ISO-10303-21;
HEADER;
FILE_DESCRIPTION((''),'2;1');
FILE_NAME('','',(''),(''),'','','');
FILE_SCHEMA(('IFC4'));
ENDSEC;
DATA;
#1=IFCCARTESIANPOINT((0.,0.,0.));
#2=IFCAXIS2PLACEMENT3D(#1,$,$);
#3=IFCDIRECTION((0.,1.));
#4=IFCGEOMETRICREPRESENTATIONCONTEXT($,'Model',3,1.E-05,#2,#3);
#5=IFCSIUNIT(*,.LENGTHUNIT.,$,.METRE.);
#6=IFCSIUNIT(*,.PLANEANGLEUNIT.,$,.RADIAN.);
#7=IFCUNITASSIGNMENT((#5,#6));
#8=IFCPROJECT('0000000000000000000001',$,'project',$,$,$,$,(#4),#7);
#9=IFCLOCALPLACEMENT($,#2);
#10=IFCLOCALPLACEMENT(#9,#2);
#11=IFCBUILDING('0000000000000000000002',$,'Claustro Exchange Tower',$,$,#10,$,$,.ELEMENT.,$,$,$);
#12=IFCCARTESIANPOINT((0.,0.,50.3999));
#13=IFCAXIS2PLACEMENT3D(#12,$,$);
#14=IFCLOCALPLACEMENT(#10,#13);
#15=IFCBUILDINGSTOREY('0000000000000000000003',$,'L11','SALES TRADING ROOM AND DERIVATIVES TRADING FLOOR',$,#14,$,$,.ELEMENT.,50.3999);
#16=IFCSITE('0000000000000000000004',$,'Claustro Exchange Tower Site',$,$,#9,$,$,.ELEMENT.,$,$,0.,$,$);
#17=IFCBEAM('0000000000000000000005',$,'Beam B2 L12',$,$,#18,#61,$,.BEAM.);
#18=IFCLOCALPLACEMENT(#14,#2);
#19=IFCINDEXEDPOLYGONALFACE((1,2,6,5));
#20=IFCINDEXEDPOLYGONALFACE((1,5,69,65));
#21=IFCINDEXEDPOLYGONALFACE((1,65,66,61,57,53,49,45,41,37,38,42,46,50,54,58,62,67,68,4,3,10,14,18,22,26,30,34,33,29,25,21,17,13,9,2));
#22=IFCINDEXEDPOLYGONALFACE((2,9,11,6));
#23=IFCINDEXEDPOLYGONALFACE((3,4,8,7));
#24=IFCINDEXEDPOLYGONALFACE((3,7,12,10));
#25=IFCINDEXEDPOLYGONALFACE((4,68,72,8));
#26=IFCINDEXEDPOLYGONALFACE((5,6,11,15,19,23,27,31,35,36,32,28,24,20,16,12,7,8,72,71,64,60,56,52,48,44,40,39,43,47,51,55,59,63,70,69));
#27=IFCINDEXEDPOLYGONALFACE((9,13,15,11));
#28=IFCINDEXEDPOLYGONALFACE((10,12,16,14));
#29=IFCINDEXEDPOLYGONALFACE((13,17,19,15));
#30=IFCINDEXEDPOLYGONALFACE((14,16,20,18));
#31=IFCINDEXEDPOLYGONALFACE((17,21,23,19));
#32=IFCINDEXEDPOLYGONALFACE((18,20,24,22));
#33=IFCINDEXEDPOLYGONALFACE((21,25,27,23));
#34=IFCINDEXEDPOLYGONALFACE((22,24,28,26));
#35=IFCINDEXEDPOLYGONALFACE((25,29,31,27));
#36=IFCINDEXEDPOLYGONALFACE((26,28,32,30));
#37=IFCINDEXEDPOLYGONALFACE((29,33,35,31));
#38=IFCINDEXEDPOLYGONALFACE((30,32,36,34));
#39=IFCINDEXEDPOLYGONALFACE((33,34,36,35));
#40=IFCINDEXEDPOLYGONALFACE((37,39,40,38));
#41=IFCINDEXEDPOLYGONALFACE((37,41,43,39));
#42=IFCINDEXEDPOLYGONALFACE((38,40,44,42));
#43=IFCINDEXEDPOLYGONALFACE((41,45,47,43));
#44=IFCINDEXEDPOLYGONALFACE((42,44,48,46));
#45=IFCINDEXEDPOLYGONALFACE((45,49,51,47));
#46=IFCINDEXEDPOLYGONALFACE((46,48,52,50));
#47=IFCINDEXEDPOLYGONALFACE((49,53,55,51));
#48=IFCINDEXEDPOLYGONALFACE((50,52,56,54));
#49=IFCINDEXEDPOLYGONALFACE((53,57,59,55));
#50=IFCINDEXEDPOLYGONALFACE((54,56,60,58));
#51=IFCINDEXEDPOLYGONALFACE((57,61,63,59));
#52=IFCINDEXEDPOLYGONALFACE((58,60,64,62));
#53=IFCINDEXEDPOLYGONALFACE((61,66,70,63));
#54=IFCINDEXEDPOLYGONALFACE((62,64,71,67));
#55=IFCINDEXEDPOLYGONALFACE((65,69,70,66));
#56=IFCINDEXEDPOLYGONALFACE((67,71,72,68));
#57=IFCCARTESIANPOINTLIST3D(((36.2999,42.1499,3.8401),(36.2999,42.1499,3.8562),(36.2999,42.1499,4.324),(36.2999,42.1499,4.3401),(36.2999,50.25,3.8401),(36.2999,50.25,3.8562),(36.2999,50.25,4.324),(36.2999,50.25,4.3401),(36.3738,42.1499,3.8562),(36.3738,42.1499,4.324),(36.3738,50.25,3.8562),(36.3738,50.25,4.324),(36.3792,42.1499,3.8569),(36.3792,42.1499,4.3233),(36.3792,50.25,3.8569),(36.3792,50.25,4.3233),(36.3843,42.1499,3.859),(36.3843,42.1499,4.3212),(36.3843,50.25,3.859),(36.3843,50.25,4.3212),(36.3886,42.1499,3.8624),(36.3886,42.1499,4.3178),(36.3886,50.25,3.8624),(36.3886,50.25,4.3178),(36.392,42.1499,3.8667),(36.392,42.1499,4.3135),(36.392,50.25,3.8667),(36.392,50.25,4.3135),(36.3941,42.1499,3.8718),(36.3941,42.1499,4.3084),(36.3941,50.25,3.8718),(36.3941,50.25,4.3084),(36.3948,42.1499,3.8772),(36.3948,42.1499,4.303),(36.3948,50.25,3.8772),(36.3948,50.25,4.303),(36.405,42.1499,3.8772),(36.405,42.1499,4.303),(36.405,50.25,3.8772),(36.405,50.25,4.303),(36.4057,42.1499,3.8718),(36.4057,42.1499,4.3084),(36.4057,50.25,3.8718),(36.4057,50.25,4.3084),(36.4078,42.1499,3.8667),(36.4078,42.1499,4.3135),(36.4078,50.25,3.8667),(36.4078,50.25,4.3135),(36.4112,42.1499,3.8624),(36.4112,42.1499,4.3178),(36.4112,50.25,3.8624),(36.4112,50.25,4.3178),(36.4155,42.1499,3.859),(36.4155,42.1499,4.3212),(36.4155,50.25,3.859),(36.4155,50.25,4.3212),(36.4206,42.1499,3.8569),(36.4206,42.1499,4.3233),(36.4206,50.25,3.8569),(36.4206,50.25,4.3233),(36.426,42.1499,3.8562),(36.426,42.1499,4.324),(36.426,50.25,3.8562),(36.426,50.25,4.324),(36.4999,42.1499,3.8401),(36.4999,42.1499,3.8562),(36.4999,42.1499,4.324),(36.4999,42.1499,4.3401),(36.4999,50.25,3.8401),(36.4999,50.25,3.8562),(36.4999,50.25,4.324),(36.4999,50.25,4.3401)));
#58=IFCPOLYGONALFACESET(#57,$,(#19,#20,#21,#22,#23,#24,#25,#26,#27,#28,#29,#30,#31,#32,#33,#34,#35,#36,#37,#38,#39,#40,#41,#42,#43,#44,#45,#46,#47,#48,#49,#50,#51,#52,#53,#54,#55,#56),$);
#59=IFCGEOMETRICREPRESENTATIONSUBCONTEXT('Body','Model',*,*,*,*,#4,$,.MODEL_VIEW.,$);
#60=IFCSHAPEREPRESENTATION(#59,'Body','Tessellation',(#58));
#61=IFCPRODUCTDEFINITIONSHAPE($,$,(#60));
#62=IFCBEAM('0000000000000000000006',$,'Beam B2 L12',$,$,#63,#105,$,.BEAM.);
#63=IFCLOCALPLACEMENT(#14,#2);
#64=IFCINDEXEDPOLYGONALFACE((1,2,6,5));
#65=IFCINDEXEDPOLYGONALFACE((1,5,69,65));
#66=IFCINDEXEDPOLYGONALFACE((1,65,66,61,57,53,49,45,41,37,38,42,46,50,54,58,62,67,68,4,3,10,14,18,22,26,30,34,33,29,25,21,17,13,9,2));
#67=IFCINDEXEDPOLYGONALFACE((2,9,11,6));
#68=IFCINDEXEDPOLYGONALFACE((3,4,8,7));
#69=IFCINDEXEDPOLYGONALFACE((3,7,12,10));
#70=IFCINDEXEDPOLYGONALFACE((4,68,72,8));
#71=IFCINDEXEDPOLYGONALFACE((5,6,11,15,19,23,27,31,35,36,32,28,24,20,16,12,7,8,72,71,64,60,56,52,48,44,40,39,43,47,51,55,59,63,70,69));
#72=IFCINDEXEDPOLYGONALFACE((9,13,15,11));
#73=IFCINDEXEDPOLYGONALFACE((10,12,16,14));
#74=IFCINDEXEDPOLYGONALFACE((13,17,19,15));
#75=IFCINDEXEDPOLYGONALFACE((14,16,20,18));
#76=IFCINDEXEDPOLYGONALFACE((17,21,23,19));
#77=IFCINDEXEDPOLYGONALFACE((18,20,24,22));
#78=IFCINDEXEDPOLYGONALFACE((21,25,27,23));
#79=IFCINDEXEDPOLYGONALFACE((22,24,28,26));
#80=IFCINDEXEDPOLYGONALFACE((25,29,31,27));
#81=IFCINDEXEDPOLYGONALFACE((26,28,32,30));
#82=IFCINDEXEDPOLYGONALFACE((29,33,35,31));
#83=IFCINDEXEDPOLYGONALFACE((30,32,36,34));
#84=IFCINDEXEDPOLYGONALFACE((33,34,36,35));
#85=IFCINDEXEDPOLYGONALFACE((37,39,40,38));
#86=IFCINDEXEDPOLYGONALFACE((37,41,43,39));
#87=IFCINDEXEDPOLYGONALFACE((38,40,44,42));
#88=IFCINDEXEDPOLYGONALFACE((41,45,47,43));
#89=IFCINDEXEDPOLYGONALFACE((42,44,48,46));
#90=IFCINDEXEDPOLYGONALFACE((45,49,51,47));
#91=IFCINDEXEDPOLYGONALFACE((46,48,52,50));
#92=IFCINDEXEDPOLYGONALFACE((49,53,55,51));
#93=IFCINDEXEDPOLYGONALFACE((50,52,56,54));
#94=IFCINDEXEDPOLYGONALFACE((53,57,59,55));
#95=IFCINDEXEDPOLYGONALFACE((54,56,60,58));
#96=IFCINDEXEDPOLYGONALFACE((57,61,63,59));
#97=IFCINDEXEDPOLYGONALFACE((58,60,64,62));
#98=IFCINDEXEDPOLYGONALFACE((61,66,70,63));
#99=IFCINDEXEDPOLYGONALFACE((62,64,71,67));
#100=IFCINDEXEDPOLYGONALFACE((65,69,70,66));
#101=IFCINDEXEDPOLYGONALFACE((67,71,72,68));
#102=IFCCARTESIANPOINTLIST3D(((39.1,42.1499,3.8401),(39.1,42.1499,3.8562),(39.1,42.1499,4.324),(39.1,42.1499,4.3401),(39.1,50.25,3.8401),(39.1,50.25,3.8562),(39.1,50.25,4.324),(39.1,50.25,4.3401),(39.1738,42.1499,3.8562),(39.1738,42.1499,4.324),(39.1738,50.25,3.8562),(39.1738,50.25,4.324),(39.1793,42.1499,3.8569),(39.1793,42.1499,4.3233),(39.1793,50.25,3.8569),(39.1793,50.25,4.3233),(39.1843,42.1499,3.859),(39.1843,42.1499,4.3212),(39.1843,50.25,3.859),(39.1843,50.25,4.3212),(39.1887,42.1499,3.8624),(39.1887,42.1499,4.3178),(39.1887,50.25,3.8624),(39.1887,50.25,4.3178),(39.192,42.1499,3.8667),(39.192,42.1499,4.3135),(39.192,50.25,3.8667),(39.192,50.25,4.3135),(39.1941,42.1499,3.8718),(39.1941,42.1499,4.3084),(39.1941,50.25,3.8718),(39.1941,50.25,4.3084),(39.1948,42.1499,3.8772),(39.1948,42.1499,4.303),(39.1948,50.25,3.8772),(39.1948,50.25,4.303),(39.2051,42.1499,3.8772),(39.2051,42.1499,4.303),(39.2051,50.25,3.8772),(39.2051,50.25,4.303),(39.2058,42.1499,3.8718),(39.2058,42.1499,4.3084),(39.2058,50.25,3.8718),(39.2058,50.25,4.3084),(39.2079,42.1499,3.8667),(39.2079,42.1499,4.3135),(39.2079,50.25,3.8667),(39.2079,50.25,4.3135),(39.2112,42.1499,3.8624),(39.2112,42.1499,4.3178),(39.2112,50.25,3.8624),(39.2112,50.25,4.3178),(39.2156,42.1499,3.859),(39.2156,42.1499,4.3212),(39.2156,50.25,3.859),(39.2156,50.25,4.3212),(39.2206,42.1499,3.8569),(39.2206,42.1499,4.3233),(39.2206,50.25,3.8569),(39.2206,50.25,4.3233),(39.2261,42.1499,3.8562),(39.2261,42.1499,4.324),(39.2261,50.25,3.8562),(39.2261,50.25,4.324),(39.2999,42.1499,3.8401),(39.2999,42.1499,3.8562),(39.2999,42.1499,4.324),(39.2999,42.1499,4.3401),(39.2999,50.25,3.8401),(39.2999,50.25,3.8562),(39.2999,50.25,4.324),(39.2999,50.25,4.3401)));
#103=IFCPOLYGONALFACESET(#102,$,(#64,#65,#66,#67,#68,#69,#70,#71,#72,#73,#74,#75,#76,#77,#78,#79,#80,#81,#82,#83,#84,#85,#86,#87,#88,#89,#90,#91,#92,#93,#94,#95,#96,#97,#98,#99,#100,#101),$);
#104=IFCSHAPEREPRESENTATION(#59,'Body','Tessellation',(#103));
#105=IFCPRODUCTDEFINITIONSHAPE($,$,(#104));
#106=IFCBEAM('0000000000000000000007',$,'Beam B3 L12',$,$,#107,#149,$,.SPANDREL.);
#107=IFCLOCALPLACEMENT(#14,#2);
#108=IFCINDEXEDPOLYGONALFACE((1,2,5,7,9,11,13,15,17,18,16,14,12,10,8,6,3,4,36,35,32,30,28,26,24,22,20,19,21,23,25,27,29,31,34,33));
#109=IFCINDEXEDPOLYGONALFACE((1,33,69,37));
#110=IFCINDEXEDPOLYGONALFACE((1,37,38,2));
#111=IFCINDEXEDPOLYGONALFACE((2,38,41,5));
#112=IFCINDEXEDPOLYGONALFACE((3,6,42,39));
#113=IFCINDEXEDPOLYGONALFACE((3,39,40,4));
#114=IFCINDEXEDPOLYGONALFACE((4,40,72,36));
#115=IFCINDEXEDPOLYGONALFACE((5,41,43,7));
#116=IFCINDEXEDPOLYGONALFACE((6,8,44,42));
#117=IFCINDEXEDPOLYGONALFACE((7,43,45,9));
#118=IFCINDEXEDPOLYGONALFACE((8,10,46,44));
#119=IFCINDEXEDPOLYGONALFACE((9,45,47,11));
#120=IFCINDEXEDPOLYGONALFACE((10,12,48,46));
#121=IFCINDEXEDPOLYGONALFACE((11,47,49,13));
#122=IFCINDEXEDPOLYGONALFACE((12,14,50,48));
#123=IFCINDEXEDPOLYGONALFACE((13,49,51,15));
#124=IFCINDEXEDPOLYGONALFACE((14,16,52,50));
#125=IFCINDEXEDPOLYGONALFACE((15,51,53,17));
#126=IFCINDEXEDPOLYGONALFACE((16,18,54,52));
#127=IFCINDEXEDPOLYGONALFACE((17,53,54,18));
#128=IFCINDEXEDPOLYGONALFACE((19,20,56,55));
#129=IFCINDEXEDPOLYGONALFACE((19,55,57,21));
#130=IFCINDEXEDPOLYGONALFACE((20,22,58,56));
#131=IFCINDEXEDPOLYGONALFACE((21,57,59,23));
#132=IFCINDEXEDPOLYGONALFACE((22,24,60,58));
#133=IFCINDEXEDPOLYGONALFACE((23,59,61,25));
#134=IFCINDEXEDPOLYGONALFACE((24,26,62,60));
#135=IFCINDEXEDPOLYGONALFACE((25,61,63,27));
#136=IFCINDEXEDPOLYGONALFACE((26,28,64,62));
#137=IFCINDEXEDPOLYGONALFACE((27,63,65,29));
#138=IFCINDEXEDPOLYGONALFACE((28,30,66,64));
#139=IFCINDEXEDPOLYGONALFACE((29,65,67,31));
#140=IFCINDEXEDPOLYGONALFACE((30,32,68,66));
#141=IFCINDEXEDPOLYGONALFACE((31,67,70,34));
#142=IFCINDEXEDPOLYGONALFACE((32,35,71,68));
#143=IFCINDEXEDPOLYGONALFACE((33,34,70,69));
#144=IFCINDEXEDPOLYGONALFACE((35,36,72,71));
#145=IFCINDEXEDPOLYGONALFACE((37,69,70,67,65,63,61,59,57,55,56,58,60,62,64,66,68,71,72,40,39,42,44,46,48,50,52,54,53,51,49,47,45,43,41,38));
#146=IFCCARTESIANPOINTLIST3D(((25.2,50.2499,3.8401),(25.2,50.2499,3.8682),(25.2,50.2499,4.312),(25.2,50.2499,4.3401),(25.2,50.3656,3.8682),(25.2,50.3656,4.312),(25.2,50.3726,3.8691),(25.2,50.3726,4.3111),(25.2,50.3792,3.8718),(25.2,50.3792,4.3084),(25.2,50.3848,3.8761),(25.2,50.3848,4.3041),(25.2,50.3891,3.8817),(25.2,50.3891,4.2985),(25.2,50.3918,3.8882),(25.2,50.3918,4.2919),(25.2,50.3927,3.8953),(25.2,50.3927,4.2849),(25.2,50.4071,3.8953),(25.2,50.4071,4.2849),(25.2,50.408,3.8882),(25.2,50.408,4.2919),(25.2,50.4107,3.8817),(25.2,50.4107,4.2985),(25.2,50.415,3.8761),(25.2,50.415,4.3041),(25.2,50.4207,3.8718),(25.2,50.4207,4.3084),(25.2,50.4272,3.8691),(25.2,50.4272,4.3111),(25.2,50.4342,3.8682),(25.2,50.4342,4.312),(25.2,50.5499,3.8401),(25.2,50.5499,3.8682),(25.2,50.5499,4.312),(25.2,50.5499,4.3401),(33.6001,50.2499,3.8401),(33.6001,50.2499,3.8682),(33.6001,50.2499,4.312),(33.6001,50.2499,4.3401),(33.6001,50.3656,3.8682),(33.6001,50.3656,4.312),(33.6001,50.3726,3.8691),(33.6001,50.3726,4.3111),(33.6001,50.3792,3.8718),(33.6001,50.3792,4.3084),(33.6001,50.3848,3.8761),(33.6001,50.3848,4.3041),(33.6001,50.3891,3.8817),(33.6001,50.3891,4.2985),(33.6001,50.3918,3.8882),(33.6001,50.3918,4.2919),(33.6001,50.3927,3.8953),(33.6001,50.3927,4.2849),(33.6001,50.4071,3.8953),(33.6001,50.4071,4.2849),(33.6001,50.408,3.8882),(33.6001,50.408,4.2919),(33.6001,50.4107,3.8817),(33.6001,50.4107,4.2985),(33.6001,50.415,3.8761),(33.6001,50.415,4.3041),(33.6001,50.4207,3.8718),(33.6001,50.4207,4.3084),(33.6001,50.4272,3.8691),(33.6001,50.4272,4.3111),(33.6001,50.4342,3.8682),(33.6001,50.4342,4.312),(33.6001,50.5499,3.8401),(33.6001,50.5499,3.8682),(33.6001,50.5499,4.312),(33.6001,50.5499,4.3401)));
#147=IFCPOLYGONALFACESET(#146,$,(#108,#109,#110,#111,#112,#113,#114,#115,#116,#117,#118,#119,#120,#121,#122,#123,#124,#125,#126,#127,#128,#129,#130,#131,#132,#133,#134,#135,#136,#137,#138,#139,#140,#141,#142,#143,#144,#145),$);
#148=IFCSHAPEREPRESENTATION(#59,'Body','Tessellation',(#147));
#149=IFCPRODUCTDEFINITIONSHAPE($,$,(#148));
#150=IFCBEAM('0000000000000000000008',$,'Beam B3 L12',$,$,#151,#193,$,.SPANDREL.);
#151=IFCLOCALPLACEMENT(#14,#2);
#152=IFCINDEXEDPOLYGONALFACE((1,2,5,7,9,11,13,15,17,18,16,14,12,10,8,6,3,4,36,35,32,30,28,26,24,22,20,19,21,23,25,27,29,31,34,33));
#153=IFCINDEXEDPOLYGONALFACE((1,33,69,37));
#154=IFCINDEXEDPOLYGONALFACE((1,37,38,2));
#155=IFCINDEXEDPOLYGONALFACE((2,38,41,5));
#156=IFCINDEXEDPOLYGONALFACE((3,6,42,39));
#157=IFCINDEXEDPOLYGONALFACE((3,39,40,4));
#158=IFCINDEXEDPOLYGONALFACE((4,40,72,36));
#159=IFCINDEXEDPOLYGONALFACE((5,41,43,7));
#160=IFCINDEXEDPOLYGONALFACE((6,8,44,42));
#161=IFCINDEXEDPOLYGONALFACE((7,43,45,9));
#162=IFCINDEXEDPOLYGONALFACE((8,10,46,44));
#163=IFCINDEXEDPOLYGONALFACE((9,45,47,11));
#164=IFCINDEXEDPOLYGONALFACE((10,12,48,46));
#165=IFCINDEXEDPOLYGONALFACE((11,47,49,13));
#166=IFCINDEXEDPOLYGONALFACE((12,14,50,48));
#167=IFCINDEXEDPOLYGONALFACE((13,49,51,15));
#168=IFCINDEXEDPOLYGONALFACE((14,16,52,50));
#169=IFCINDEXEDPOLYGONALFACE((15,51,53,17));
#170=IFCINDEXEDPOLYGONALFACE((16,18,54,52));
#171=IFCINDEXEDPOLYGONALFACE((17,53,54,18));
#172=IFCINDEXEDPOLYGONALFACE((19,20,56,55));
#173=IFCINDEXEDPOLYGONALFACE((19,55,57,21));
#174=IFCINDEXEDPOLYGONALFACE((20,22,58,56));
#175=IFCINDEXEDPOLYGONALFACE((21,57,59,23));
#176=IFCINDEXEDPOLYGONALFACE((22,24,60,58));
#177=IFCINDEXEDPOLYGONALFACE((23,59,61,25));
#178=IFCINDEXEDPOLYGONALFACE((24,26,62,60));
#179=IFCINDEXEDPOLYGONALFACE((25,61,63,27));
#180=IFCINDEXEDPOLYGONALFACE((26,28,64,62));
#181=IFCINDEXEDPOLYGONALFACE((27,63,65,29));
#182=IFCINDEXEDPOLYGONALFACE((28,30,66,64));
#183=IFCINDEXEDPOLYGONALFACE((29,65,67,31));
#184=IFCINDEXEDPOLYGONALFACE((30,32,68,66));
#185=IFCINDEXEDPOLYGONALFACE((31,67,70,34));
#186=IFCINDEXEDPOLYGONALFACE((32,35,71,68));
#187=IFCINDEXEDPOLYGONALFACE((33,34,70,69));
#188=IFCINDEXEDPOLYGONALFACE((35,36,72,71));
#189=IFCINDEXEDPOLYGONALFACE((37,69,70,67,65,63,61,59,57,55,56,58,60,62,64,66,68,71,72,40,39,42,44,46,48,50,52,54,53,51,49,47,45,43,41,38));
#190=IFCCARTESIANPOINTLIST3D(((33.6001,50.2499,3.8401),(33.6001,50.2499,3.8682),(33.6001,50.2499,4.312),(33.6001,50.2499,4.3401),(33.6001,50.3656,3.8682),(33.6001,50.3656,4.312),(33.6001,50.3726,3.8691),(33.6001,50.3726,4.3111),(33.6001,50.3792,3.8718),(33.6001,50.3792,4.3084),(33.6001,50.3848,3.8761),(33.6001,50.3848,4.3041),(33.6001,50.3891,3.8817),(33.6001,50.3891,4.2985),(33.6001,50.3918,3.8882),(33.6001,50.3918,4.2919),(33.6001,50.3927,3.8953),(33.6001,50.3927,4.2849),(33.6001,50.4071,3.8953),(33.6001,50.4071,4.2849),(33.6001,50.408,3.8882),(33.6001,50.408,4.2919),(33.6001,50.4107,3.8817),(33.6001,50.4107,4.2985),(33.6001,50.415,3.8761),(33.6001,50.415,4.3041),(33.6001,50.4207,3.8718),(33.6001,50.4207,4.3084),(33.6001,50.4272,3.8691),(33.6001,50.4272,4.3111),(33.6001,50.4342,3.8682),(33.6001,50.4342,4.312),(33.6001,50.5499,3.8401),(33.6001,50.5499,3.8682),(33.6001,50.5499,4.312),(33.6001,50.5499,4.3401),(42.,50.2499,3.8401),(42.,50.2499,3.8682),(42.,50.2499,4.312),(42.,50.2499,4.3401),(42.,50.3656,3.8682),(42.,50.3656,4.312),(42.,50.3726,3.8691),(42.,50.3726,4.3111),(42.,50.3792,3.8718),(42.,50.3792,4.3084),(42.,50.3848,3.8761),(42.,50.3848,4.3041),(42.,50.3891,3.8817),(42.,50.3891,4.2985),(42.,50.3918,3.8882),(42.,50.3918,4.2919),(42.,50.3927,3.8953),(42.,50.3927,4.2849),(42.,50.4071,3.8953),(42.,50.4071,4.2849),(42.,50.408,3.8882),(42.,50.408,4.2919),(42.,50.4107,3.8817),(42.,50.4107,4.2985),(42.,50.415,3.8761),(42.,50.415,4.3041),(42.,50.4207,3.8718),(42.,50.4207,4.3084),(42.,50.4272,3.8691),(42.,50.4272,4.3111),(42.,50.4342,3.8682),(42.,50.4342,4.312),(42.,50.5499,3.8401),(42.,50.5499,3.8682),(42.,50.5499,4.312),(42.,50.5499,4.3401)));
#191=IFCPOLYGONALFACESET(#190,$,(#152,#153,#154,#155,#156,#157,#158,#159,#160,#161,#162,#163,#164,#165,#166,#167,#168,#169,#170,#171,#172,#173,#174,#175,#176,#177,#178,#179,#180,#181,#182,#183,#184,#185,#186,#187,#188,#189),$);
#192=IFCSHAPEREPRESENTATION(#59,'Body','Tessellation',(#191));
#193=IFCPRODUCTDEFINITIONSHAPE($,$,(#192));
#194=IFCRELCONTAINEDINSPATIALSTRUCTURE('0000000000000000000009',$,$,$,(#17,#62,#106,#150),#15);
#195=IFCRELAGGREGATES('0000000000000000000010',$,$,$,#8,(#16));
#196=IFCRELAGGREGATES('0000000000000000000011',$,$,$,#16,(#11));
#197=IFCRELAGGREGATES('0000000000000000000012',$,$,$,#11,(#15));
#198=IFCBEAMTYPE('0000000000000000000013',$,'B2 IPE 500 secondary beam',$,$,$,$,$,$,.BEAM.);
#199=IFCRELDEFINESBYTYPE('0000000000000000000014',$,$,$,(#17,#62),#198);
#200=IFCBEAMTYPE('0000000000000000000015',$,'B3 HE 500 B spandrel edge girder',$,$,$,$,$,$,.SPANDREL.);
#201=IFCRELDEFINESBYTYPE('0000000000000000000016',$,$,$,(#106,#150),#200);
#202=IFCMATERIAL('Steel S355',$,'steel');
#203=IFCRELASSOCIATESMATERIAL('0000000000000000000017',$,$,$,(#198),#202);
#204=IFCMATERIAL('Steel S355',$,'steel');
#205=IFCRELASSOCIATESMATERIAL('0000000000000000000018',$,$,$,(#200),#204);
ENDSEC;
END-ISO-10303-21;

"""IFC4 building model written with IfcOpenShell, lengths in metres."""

from ifc_helpers import new_model, si_unit, direction, frame, origin, origin_2d, place, context, subcontext, project, spatial, i_section, extrude, material, material_profile, profile_set, type_object, element, save


model = new_model("IFC4")

# Units and contexts
model_context = context("Model", 3, precision=1e-05, world=origin(), true_north=direction((0.0, 1.0)))
body_context = subcontext(model_context, "Body", "Model", "MODEL_VIEW")
ifc_project = project(units=[si_unit("LENGTHUNIT", "METRE"), si_unit("PLANEANGLEUNIT", "RADIAN")], contexts=[model_context])

# Site, building, storey
site_placement = place(None, origin())
site = spatial("IfcSite", under=ifc_project, at=site_placement, Name="Claustro Exchange Tower Site", CompositionType="ELEMENT", RefElevation=0.0)
building_placement = place(site_placement, origin())
building = spatial("IfcBuilding", under=site, at=building_placement, Name="Claustro Exchange Tower", CompositionType="ELEMENT")
storey_placement = place(building_placement, frame((0.0, 0.0, 50.3999)))
storey = spatial("IfcBuildingStorey", under=building, at=storey_placement, Name="L11", Description="SALES TRADING ROOM AND DERIVATIVES TRADING FLOOR", CompositionType="ELEMENT", Elevation=50.3999)

# Beams
ifc_material_1 = material(Name="Steel S355", Category="steel")
ifc_material_profile_1 = material_profile(ifc_material_1, i_section(OverallWidth=0.2, OverallDepth=0.5, WebThickness=0.0103, FlangeThickness=0.0161, FilletRadius=0.021, at=origin_2d()), Name="IPE 500")
ifc_profile_set_1 = profile_set([ifc_material_profile_1], Name="Steel S355")
beam_type_1 = type_object("IfcBeamType", Name="B2 IPE 500 secondary beam", PredefinedType="BEAM", material=ifc_profile_set_1)
for number, where, z_axis, x_axis, name in (
    (1, (36.3999, 42.1499, 4.0901), (0.0, 1.0, 0.0), (-1.0, 0.0, 0.0), "Beam B2 L12"),
    (2, (39.2, 42.1499, 4.0901), (0.0, 1.0, 0.0), (-1.0, 0.0, 0.0), "Beam B2 L12"),
):
    element("IfcBeam", number, at=place(storey_placement, frame(where, z_axis=z_axis, x_axis=x_axis)), inside=storey, type_object=beam_type_1, Name=name, PredefinedType="BEAM", context=body_context, shape_type="SweptSolid", body=[
        extrude(i_section(OverallWidth=0.2, OverallDepth=0.5, WebThickness=0.0103, FlangeThickness=0.0161, FilletRadius=0.021, at=origin_2d()), origin(), (0.0, 0.0, 1.0), 8.1001),
    ])
ifc_material_2 = material(Name="Steel S355", Category="steel")
ifc_material_profile_2 = material_profile(ifc_material_2, i_section(OverallWidth=0.3, OverallDepth=0.5, WebThickness=0.0144, FlangeThickness=0.0281, FilletRadius=0.0271, at=origin_2d()), Name="HE 500 B")
ifc_profile_set_2 = profile_set([ifc_material_profile_2], Name="Steel S355")
beam_type_2 = type_object("IfcBeamType", Name="B3 HE 500 B spandrel edge girder", PredefinedType="SPANDREL", material=ifc_profile_set_2)
beam_1_placement = place(storey_placement, frame((25.2, 50.3999, 4.0901), z_axis=(1.0, 0.0, 0.0), x_axis=(0.0, 1.0, 0.0)))
element("IfcBeam", 3, at=beam_1_placement, inside=storey, type_object=beam_type_2, Name="Beam B3 L12", PredefinedType="SPANDREL", context=body_context, shape_type="SweptSolid", body=[
    extrude(i_section(OverallWidth=0.3, OverallDepth=0.5, WebThickness=0.0144, FlangeThickness=0.0281, FilletRadius=0.0271, at=origin_2d()), origin(), (0.0, 0.0, 1.0), 8.4001),
])
beam_2_placement = place(storey_placement, frame((33.6001, 50.3999, 4.0901), z_axis=(1.0, 0.0, 0.0), x_axis=(0.0, 1.0, 0.0)))
element("IfcBeam", 4, at=beam_2_placement, inside=storey, type_object=beam_type_2, Name="Beam B3 L12", PredefinedType="SPANDREL", context=body_context, shape_type="SweptSolid", body=[
    extrude(i_section(OverallWidth=0.3, OverallDepth=0.5, WebThickness=0.0144, FlangeThickness=0.0281, FilletRadius=0.0271, at=origin_2d()), origin(), (0.0, 0.0, 1.0), 8.3999),
])

save(model, "model.ifc")
